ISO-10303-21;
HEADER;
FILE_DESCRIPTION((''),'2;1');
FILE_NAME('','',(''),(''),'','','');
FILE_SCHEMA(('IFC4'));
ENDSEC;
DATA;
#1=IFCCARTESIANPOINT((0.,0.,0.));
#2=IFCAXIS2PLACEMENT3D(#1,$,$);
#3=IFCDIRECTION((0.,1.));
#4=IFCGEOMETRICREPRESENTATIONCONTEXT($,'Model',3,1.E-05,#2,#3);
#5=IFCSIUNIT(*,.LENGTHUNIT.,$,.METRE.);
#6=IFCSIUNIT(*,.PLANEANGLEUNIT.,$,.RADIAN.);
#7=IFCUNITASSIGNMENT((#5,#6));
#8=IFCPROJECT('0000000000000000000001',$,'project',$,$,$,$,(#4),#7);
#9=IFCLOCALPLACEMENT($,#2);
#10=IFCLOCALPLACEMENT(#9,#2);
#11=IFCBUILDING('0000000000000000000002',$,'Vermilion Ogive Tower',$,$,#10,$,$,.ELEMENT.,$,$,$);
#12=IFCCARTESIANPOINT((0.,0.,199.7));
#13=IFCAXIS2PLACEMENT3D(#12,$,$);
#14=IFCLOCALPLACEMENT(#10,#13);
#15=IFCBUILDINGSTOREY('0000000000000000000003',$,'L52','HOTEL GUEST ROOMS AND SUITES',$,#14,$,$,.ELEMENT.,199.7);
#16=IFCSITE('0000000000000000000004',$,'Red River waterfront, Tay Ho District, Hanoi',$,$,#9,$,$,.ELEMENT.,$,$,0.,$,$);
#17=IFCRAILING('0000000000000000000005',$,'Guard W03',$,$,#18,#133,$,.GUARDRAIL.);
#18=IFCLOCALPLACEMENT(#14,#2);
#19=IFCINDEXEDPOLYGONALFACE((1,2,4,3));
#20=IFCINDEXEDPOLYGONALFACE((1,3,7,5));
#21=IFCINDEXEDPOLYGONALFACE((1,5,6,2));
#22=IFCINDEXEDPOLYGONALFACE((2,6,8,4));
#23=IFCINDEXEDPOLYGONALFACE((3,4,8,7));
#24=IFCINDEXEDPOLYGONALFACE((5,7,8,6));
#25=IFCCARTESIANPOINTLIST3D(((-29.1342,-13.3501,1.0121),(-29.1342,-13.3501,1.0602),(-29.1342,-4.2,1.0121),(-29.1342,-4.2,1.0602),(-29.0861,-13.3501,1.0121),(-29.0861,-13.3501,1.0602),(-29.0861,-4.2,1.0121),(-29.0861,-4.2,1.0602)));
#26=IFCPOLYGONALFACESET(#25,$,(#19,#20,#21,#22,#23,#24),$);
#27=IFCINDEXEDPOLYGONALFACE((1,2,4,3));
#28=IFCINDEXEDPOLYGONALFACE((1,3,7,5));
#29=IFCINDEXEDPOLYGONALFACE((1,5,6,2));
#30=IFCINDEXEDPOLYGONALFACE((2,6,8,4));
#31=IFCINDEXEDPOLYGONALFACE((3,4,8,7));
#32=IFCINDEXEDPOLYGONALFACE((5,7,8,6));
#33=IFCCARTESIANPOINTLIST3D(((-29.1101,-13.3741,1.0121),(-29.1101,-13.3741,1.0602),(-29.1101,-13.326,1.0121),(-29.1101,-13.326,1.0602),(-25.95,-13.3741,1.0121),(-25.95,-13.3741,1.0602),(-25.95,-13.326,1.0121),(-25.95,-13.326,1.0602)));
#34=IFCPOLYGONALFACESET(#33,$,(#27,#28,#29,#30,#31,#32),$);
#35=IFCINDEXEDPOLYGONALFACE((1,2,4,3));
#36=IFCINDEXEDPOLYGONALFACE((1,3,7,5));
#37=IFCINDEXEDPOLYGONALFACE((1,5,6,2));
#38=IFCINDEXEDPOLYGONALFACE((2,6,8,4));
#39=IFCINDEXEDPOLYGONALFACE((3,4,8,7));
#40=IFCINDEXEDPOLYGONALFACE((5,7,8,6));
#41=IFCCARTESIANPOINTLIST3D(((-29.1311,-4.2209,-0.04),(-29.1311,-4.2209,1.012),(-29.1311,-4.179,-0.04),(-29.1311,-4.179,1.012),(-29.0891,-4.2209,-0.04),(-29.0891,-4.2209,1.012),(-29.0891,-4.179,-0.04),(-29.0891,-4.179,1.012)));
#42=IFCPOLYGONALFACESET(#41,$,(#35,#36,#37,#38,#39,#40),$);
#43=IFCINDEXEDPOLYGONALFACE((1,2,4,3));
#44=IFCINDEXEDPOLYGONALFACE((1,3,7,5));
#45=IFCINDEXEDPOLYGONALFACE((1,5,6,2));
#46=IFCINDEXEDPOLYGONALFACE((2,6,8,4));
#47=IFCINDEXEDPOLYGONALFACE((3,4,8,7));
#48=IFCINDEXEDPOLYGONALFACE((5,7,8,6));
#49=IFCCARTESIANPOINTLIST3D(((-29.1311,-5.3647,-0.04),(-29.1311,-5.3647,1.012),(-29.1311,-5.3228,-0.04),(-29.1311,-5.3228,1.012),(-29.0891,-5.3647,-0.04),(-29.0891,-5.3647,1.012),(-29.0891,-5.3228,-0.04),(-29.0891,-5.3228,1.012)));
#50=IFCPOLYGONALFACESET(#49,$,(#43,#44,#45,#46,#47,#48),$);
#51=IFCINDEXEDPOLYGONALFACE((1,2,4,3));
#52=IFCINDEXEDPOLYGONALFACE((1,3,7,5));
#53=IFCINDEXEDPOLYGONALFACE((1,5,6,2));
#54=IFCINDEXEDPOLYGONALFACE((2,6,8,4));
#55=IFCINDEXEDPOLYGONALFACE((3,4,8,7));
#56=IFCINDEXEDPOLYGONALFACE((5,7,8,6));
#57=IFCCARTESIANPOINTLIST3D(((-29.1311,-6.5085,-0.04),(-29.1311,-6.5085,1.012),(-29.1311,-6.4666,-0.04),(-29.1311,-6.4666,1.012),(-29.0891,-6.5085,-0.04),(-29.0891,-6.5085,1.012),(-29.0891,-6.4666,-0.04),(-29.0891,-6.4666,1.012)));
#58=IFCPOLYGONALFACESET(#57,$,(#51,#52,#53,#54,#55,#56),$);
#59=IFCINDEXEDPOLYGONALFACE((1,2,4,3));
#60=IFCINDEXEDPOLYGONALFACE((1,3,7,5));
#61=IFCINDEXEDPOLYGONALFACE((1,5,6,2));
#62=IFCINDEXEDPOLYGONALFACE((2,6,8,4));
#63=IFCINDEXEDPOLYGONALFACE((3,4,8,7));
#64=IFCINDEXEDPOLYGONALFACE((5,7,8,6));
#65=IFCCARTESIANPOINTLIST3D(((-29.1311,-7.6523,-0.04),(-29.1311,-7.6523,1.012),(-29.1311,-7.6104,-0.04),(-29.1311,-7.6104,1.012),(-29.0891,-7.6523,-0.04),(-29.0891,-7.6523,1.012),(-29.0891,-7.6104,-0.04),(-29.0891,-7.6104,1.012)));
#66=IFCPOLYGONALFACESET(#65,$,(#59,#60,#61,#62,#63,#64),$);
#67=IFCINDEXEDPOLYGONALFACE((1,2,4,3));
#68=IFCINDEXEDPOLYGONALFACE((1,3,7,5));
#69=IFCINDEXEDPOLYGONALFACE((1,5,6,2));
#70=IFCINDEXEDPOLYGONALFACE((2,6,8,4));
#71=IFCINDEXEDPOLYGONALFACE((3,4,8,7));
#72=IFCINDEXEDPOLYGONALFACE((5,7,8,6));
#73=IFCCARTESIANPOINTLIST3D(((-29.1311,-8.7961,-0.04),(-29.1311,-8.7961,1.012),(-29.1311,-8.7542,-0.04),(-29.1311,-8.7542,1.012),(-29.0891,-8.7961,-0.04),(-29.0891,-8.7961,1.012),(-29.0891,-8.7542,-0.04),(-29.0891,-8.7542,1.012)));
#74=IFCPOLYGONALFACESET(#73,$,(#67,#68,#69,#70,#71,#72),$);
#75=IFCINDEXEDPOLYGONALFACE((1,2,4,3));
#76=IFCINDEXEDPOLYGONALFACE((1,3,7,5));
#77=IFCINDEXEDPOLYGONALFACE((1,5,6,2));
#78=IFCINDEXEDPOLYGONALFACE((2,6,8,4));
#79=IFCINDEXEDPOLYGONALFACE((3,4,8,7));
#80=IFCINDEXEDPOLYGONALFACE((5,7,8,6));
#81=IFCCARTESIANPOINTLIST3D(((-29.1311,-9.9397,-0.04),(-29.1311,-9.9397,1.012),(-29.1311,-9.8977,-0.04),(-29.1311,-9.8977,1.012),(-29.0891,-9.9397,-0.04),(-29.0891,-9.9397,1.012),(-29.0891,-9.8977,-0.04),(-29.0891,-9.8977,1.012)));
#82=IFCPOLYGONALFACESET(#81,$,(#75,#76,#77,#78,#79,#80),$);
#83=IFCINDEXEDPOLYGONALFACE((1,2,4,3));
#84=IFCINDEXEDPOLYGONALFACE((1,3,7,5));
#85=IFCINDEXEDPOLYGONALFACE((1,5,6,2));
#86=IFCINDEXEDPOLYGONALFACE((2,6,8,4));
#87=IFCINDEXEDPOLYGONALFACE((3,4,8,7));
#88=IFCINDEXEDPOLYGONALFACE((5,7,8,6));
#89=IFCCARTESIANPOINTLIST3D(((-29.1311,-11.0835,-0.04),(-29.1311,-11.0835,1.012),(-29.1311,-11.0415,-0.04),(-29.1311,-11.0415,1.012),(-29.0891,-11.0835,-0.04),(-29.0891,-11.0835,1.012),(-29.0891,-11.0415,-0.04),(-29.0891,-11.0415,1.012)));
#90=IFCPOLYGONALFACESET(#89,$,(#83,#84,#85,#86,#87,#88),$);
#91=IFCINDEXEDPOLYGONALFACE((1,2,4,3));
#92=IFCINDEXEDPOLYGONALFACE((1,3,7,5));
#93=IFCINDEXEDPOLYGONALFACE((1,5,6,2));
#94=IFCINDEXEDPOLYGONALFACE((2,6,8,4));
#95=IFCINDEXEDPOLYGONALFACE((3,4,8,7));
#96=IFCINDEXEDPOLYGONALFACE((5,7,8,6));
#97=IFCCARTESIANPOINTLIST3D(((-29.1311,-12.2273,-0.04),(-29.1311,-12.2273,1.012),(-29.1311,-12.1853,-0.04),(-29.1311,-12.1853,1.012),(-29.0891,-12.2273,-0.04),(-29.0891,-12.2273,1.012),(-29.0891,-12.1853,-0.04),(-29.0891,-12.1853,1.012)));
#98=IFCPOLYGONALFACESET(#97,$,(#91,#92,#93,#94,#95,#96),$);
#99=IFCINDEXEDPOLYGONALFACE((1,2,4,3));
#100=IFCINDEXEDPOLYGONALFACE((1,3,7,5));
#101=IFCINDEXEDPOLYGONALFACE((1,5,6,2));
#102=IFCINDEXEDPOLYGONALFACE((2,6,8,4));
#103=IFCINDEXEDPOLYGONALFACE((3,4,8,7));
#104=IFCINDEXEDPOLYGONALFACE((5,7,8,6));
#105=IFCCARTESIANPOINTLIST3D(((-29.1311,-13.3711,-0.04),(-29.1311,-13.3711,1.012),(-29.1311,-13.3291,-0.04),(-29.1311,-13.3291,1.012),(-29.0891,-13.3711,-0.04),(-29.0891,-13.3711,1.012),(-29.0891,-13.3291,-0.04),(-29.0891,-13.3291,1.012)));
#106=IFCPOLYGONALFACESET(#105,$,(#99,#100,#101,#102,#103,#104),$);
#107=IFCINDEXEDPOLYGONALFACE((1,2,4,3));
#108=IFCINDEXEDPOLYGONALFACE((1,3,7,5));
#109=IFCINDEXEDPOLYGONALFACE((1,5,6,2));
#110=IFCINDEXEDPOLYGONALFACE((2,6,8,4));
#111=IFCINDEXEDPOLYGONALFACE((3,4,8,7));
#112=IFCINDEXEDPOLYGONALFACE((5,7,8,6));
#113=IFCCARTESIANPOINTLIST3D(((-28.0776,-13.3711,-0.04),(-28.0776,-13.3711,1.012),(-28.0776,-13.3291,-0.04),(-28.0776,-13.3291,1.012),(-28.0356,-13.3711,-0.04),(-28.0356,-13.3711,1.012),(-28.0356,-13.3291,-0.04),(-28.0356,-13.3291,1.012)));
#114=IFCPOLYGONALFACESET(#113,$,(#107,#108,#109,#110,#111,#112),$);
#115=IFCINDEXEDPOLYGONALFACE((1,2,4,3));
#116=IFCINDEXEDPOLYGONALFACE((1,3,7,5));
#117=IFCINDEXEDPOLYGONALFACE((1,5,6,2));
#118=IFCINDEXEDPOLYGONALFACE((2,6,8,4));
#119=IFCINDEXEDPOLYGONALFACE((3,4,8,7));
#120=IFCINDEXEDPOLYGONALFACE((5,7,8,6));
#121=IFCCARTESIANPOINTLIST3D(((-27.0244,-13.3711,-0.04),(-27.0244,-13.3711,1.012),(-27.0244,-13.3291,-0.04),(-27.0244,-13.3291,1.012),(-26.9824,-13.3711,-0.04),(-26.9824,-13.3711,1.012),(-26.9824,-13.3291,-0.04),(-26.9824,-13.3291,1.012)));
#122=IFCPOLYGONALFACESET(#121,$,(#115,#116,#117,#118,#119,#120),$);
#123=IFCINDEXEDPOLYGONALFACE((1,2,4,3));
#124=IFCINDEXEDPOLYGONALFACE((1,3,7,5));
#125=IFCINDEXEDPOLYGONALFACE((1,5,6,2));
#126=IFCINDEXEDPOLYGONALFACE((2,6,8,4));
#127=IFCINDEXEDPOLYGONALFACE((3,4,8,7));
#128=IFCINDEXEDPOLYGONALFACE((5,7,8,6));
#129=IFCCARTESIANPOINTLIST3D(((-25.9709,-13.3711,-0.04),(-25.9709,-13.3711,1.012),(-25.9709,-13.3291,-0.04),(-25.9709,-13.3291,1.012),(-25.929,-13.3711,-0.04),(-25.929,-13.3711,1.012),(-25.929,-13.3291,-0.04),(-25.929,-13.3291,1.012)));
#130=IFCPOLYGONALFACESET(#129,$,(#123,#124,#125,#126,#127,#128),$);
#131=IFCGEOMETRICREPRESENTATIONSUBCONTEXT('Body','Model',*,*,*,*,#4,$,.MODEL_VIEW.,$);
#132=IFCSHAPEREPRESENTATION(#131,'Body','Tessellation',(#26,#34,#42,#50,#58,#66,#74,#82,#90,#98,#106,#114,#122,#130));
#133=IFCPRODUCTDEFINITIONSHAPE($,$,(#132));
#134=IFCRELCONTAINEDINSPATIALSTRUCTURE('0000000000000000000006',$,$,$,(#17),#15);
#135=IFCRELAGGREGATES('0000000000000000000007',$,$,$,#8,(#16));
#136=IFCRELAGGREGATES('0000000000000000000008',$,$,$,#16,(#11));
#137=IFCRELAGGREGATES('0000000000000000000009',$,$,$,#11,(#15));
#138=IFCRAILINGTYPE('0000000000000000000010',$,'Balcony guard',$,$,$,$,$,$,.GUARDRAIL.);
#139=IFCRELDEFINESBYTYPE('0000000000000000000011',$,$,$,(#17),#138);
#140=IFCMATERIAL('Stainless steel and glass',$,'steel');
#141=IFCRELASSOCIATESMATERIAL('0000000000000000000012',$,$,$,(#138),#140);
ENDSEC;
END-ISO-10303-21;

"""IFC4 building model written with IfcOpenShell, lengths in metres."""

from ifc_helpers import new_model, si_unit, direction, frame, origin, origin_2d, place, context, subcontext, project, spatial, rectangle, extrude, material, type_object, element, save


model = new_model("IFC4")

# Units and contexts
model_context = context("Model", 3, precision=1e-05, world=origin(), true_north=direction((0.0, 1.0)))
body_context = subcontext(model_context, "Body", "Model", "MODEL_VIEW")
ifc_project = project(units=[si_unit("LENGTHUNIT", "METRE"), si_unit("PLANEANGLEUNIT", "RADIAN")], contexts=[model_context])

# Site, building, storey
site_placement = place(None, origin())
site = spatial("IfcSite", under=ifc_project, at=site_placement, Name="Red River waterfront, Tay Ho District, Hanoi", CompositionType="ELEMENT", RefElevation=0.0)
building_placement = place(site_placement, origin())
building = spatial("IfcBuilding", under=site, at=building_placement, Name="Vermilion Ogive Tower", CompositionType="ELEMENT")
storey_placement = place(building_placement, frame((0.0, 0.0, 199.7)))
storey = spatial("IfcBuildingStorey", under=building, at=storey_placement, Name="L52", Description="HOTEL GUEST ROOMS AND SUITES", CompositionType="ELEMENT", Elevation=199.7)

# Railing
ifc_material_1 = material(Name="Stainless steel and glass", Category="steel")
railing_type = type_object("IfcRailingType", Name="Balcony guard", PredefinedType="GUARDRAIL", material=ifc_material_1)
railing_placement = place(storey_placement, frame((-29.1101, -4.2, -0.04)))
element("IfcRailing", 1, at=railing_placement, inside=storey, type_object=railing_type, Name="Guard W03", PredefinedType="GUARDRAIL", context=body_context, shape_type="SweptSolid", body=[
    extrude(rectangle(XDim=0.0481, YDim=0.0481, at=origin_2d()), frame((0.0, 0.0, 1.0762), z_axis=(0.0, -1.0, 0.0), x_axis=(1.0, 0.0, 0.0)), (0.0, 0.0, 1.0), 9.1501),
    extrude(rectangle(XDim=0.0481, YDim=0.0481, at=origin_2d()), frame((0.0, -9.1501, 1.0762), z_axis=(1.0, 0.0, 0.0), x_axis=(0.0, 1.0, 0.0)), (0.0, 0.0, 1.0), 3.1602),
    extrude(rectangle(XDim=0.042, YDim=0.042, at=origin_2d()), origin(), (0.0, 0.0, 1.0), 1.052),
    extrude(rectangle(XDim=0.042, YDim=0.042, at=origin_2d()), frame((0.0, -1.1438, 0.0)), (0.0, 0.0, 1.0), 1.052),
    extrude(rectangle(XDim=0.042, YDim=0.042, at=origin_2d()), frame((0.0, -2.2876, 0.0)), (0.0, 0.0, 1.0), 1.052),
    extrude(rectangle(XDim=0.042, YDim=0.042, at=origin_2d()), frame((0.0, -3.4314, 0.0)), (0.0, 0.0, 1.0), 1.052),
    extrude(rectangle(XDim=0.042, YDim=0.042, at=origin_2d()), frame((0.0, -4.5752, 0.0)), (0.0, 0.0, 1.0), 1.052),
    extrude(rectangle(XDim=0.042, YDim=0.042, at=origin_2d()), frame((0.0, -5.7188, 0.0)), (0.0, 0.0, 1.0), 1.052),
    extrude(rectangle(XDim=0.042, YDim=0.042, at=origin_2d()), frame((0.0, -6.8625, 0.0)), (0.0, 0.0, 1.0), 1.052),
    extrude(rectangle(XDim=0.042, YDim=0.042, at=origin_2d()), frame((0.0, -8.0063, 0.0)), (0.0, 0.0, 1.0), 1.052),
    extrude(rectangle(XDim=0.042, YDim=0.042, at=origin_2d()), frame((0.0, -9.1501, 0.0)), (0.0, 0.0, 1.0), 1.052),
    extrude(rectangle(XDim=0.042, YDim=0.042, at=origin_2d()), frame((1.0535, -9.1501, 0.0)), (0.0, 0.0, 1.0), 1.052),
    extrude(rectangle(XDim=0.042, YDim=0.042, at=origin_2d()), frame((2.1067, -9.1501, 0.0)), (0.0, 0.0, 1.0), 1.052),
    extrude(rectangle(XDim=0.042, YDim=0.042, at=origin_2d()), frame((3.1602, -9.1501, 0.0)), (0.0, 0.0, 1.0), 1.052),
])

save(model, "model.ifc")
